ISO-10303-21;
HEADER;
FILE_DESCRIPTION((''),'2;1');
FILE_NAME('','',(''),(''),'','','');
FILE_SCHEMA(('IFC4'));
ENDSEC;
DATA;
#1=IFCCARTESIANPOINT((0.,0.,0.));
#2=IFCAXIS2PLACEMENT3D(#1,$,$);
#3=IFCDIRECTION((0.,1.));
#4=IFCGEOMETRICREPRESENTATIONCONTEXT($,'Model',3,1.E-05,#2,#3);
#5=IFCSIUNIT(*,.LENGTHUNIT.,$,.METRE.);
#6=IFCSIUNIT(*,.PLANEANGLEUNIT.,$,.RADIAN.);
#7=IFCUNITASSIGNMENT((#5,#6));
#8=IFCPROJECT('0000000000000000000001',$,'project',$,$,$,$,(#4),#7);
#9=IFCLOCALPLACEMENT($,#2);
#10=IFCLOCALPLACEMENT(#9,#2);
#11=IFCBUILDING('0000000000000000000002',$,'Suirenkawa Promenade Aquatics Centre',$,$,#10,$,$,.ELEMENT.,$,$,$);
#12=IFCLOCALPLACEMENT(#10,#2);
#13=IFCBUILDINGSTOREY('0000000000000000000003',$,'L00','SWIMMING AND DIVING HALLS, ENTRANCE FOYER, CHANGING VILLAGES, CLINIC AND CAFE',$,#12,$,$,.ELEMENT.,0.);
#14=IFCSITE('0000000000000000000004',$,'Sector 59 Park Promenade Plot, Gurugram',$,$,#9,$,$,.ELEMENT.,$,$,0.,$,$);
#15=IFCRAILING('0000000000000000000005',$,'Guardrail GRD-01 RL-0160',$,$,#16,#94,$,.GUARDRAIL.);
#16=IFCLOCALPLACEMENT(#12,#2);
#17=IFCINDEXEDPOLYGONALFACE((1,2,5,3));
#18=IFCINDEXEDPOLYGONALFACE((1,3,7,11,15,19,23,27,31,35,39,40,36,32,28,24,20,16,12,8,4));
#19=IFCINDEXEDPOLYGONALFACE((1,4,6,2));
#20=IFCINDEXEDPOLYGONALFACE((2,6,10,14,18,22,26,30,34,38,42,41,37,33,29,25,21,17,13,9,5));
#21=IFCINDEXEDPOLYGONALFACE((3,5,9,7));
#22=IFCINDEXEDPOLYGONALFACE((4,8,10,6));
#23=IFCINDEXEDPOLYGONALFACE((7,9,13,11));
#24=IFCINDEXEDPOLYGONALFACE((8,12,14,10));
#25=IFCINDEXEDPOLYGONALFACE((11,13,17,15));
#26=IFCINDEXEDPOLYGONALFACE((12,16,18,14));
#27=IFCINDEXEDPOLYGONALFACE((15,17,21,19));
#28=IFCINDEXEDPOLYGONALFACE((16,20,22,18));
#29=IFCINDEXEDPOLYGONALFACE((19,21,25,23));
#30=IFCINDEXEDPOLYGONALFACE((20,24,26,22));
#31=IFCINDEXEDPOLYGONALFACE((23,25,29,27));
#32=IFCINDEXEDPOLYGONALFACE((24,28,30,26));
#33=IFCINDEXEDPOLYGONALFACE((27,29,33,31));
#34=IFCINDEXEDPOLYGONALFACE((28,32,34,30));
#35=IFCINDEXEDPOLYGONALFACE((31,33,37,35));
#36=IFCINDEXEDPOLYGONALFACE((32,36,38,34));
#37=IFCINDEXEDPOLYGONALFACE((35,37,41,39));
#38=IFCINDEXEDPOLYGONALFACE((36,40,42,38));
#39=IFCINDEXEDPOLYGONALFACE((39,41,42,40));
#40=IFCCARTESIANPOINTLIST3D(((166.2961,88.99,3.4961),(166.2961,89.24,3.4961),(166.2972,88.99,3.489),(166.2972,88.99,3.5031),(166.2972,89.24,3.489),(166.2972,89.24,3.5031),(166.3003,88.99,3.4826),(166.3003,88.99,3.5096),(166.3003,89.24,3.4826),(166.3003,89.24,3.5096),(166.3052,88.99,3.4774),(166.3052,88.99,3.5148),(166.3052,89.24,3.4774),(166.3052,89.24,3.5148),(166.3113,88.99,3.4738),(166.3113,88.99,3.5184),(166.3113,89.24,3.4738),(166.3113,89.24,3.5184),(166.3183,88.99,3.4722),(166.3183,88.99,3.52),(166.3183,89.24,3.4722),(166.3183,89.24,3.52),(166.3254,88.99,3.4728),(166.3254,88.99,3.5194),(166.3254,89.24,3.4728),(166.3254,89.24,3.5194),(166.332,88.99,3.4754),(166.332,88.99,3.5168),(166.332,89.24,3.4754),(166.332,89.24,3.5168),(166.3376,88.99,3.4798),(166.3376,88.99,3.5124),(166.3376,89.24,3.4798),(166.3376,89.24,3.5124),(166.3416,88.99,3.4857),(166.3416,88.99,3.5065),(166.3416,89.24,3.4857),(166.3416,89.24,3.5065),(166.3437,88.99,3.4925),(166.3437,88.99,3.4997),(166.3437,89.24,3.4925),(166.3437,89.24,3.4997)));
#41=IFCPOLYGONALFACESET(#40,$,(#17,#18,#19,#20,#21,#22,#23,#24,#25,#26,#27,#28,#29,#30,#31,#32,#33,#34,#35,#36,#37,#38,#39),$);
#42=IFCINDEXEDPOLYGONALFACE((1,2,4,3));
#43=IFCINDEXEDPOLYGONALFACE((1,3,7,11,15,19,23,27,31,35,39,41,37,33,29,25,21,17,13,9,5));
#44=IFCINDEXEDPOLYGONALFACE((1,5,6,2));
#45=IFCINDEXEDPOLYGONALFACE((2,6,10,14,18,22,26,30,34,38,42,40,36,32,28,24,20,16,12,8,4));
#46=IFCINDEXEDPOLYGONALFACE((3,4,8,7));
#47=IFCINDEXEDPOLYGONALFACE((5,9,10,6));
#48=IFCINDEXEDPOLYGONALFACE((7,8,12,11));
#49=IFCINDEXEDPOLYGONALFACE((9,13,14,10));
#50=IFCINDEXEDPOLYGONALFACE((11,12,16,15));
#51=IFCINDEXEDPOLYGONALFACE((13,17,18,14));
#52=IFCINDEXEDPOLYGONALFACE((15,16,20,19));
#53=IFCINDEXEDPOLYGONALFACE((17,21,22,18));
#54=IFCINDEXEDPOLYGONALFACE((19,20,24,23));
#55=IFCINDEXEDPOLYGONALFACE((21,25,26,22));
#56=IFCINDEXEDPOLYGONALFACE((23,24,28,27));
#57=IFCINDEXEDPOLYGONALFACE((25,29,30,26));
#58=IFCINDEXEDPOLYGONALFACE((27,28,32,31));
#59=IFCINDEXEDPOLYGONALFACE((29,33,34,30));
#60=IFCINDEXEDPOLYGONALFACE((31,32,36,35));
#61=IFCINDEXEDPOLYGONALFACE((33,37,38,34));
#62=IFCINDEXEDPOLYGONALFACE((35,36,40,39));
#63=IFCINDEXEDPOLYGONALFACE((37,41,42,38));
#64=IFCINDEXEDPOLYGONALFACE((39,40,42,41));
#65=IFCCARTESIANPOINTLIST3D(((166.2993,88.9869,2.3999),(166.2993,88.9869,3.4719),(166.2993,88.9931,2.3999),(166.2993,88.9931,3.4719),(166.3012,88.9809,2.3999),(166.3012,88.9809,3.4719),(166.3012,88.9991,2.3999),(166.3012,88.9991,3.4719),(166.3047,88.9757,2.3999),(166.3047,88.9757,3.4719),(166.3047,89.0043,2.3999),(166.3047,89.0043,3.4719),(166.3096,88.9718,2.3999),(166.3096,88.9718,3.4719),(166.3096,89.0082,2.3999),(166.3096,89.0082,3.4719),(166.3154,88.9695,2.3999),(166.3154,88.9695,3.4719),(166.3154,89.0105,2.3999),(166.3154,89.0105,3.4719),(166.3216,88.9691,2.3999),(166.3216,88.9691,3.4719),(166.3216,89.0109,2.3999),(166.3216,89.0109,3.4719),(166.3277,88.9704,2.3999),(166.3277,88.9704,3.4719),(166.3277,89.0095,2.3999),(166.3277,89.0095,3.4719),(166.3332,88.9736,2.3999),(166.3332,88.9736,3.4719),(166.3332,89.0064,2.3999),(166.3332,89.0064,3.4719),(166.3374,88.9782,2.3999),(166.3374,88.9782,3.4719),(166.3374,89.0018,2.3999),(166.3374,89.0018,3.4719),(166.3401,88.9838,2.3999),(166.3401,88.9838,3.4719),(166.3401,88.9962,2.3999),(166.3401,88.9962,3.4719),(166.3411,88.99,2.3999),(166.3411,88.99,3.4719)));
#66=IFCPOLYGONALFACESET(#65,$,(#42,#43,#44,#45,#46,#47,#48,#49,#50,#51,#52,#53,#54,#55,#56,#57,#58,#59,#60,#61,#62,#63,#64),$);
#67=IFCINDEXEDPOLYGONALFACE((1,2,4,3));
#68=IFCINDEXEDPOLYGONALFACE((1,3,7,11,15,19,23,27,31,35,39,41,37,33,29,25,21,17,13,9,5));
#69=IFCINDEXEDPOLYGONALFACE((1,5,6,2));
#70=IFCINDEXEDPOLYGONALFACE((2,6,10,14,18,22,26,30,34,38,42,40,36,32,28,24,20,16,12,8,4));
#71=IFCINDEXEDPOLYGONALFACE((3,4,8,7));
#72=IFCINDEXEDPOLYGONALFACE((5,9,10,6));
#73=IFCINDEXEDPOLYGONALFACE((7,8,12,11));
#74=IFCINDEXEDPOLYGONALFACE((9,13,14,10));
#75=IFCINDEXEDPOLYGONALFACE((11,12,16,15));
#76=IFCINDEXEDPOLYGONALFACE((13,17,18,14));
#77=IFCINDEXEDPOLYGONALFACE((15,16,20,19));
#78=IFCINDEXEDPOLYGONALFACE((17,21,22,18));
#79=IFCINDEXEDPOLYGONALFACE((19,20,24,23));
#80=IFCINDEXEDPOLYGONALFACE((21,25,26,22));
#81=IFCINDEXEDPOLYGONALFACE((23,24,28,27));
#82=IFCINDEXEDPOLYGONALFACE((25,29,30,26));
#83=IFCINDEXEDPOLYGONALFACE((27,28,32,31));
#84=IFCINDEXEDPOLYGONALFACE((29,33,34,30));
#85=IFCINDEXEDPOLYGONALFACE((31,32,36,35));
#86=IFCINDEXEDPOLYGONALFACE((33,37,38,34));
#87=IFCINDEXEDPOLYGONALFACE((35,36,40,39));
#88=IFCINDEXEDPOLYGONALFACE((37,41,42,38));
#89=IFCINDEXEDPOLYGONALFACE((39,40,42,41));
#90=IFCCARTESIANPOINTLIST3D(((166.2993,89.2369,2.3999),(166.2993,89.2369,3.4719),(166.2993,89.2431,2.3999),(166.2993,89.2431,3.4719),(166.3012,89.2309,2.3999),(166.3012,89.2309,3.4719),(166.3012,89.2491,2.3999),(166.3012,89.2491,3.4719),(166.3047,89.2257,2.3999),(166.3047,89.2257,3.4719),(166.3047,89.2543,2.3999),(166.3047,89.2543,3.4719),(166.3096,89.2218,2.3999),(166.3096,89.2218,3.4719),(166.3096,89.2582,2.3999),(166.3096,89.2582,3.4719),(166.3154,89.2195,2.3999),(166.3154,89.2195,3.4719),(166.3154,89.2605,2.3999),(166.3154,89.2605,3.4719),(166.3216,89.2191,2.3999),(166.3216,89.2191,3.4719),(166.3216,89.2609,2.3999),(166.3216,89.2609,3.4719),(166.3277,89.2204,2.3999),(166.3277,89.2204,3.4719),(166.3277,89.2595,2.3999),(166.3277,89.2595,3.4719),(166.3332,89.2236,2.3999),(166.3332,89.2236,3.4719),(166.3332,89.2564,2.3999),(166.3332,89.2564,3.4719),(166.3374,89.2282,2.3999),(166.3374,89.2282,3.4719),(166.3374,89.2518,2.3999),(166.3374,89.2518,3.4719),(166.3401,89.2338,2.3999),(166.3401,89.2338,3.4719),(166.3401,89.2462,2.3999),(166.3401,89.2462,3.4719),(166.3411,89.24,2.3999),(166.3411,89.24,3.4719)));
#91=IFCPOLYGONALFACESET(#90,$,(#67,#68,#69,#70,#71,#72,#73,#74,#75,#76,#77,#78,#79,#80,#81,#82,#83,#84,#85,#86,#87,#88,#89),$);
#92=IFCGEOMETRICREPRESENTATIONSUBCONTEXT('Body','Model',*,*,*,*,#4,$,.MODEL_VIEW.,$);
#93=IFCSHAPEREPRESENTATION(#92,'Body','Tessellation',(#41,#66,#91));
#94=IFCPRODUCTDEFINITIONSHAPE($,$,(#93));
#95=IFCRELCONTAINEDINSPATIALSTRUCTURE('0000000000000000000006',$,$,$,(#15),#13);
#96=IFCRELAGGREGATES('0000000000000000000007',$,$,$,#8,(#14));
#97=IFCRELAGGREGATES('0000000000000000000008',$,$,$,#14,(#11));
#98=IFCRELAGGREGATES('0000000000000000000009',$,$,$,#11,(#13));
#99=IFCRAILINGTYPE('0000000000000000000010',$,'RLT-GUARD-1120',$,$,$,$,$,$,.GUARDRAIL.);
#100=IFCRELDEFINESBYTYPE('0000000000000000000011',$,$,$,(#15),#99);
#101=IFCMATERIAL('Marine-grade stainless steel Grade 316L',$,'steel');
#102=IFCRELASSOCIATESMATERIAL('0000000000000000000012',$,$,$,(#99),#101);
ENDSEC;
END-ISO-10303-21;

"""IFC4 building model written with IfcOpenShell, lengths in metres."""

from ifc_helpers import new_model, si_unit, direction, frame, origin, origin_2d, place, context, subcontext, project, spatial, circle, extrude, material, type_object, element, save


model = new_model("IFC4")

# Units and contexts
model_context = context("Model", 3, precision=1e-05, world=origin(), true_north=direction((0.0, 1.0)))
body_context = subcontext(model_context, "Body", "Model", "MODEL_VIEW")
ifc_project = project(units=[si_unit("LENGTHUNIT", "METRE"), si_unit("PLANEANGLEUNIT", "RADIAN")], contexts=[model_context])

# Site, building, storey
site_placement = place(None, origin())
site = spatial("IfcSite", under=ifc_project, at=site_placement, Name="Sector 59 Park Promenade Plot, Gurugram", CompositionType="ELEMENT", RefElevation=0.0)
building_placement = place(site_placement, origin())
building = spatial("IfcBuilding", under=site, at=building_placement, Name="Suirenkawa Promenade Aquatics Centre", CompositionType="ELEMENT")
storey_placement = place(building_placement, origin())
storey = spatial("IfcBuildingStorey", under=building, at=storey_placement, Name="L00", Description="SWIMMING AND DIVING HALLS, ENTRANCE FOYER, CHANGING VILLAGES, CLINIC AND CAFE", CompositionType="ELEMENT", Elevation=0.0)

# Shared definitions
ifc_material_1 = material(Name="Marine-grade stainless steel Grade 316L", Category="steel")

# Railing
railing_type_1 = type_object("IfcRailingType", Name="RLT-GUARD-1120", PredefinedType="GUARDRAIL", material=ifc_material_1)
railing_1_placement = place(storey_placement, frame((166.3201, 88.99, 2.3999)))
element("IfcRailing", 1, at=railing_1_placement, inside=storey, type_object=railing_type_1, Name="Guardrail GRD-01 RL-0160", PredefinedType="GUARDRAIL", context=body_context, shape_type="SweptSolid", body=[
    extrude(circle(Radius=0.0239, at=origin_2d()), frame((0.0, 0.0, 1.0962), z_axis=(0.0, 1.0, 0.0), x_axis=(-1.0, 0.0, 0.0)), (0.0, 0.0, 1.0), 0.25),
    extrude(circle(Radius=0.021, at=origin_2d()), origin(), (0.0, 0.0, 1.0), 1.072),
    extrude(circle(Radius=0.021, at=origin_2d()), frame((0.0, 0.25, 0.0)), (0.0, 0.0, 1.0), 1.072),
])

save(model, "model.ifc")
